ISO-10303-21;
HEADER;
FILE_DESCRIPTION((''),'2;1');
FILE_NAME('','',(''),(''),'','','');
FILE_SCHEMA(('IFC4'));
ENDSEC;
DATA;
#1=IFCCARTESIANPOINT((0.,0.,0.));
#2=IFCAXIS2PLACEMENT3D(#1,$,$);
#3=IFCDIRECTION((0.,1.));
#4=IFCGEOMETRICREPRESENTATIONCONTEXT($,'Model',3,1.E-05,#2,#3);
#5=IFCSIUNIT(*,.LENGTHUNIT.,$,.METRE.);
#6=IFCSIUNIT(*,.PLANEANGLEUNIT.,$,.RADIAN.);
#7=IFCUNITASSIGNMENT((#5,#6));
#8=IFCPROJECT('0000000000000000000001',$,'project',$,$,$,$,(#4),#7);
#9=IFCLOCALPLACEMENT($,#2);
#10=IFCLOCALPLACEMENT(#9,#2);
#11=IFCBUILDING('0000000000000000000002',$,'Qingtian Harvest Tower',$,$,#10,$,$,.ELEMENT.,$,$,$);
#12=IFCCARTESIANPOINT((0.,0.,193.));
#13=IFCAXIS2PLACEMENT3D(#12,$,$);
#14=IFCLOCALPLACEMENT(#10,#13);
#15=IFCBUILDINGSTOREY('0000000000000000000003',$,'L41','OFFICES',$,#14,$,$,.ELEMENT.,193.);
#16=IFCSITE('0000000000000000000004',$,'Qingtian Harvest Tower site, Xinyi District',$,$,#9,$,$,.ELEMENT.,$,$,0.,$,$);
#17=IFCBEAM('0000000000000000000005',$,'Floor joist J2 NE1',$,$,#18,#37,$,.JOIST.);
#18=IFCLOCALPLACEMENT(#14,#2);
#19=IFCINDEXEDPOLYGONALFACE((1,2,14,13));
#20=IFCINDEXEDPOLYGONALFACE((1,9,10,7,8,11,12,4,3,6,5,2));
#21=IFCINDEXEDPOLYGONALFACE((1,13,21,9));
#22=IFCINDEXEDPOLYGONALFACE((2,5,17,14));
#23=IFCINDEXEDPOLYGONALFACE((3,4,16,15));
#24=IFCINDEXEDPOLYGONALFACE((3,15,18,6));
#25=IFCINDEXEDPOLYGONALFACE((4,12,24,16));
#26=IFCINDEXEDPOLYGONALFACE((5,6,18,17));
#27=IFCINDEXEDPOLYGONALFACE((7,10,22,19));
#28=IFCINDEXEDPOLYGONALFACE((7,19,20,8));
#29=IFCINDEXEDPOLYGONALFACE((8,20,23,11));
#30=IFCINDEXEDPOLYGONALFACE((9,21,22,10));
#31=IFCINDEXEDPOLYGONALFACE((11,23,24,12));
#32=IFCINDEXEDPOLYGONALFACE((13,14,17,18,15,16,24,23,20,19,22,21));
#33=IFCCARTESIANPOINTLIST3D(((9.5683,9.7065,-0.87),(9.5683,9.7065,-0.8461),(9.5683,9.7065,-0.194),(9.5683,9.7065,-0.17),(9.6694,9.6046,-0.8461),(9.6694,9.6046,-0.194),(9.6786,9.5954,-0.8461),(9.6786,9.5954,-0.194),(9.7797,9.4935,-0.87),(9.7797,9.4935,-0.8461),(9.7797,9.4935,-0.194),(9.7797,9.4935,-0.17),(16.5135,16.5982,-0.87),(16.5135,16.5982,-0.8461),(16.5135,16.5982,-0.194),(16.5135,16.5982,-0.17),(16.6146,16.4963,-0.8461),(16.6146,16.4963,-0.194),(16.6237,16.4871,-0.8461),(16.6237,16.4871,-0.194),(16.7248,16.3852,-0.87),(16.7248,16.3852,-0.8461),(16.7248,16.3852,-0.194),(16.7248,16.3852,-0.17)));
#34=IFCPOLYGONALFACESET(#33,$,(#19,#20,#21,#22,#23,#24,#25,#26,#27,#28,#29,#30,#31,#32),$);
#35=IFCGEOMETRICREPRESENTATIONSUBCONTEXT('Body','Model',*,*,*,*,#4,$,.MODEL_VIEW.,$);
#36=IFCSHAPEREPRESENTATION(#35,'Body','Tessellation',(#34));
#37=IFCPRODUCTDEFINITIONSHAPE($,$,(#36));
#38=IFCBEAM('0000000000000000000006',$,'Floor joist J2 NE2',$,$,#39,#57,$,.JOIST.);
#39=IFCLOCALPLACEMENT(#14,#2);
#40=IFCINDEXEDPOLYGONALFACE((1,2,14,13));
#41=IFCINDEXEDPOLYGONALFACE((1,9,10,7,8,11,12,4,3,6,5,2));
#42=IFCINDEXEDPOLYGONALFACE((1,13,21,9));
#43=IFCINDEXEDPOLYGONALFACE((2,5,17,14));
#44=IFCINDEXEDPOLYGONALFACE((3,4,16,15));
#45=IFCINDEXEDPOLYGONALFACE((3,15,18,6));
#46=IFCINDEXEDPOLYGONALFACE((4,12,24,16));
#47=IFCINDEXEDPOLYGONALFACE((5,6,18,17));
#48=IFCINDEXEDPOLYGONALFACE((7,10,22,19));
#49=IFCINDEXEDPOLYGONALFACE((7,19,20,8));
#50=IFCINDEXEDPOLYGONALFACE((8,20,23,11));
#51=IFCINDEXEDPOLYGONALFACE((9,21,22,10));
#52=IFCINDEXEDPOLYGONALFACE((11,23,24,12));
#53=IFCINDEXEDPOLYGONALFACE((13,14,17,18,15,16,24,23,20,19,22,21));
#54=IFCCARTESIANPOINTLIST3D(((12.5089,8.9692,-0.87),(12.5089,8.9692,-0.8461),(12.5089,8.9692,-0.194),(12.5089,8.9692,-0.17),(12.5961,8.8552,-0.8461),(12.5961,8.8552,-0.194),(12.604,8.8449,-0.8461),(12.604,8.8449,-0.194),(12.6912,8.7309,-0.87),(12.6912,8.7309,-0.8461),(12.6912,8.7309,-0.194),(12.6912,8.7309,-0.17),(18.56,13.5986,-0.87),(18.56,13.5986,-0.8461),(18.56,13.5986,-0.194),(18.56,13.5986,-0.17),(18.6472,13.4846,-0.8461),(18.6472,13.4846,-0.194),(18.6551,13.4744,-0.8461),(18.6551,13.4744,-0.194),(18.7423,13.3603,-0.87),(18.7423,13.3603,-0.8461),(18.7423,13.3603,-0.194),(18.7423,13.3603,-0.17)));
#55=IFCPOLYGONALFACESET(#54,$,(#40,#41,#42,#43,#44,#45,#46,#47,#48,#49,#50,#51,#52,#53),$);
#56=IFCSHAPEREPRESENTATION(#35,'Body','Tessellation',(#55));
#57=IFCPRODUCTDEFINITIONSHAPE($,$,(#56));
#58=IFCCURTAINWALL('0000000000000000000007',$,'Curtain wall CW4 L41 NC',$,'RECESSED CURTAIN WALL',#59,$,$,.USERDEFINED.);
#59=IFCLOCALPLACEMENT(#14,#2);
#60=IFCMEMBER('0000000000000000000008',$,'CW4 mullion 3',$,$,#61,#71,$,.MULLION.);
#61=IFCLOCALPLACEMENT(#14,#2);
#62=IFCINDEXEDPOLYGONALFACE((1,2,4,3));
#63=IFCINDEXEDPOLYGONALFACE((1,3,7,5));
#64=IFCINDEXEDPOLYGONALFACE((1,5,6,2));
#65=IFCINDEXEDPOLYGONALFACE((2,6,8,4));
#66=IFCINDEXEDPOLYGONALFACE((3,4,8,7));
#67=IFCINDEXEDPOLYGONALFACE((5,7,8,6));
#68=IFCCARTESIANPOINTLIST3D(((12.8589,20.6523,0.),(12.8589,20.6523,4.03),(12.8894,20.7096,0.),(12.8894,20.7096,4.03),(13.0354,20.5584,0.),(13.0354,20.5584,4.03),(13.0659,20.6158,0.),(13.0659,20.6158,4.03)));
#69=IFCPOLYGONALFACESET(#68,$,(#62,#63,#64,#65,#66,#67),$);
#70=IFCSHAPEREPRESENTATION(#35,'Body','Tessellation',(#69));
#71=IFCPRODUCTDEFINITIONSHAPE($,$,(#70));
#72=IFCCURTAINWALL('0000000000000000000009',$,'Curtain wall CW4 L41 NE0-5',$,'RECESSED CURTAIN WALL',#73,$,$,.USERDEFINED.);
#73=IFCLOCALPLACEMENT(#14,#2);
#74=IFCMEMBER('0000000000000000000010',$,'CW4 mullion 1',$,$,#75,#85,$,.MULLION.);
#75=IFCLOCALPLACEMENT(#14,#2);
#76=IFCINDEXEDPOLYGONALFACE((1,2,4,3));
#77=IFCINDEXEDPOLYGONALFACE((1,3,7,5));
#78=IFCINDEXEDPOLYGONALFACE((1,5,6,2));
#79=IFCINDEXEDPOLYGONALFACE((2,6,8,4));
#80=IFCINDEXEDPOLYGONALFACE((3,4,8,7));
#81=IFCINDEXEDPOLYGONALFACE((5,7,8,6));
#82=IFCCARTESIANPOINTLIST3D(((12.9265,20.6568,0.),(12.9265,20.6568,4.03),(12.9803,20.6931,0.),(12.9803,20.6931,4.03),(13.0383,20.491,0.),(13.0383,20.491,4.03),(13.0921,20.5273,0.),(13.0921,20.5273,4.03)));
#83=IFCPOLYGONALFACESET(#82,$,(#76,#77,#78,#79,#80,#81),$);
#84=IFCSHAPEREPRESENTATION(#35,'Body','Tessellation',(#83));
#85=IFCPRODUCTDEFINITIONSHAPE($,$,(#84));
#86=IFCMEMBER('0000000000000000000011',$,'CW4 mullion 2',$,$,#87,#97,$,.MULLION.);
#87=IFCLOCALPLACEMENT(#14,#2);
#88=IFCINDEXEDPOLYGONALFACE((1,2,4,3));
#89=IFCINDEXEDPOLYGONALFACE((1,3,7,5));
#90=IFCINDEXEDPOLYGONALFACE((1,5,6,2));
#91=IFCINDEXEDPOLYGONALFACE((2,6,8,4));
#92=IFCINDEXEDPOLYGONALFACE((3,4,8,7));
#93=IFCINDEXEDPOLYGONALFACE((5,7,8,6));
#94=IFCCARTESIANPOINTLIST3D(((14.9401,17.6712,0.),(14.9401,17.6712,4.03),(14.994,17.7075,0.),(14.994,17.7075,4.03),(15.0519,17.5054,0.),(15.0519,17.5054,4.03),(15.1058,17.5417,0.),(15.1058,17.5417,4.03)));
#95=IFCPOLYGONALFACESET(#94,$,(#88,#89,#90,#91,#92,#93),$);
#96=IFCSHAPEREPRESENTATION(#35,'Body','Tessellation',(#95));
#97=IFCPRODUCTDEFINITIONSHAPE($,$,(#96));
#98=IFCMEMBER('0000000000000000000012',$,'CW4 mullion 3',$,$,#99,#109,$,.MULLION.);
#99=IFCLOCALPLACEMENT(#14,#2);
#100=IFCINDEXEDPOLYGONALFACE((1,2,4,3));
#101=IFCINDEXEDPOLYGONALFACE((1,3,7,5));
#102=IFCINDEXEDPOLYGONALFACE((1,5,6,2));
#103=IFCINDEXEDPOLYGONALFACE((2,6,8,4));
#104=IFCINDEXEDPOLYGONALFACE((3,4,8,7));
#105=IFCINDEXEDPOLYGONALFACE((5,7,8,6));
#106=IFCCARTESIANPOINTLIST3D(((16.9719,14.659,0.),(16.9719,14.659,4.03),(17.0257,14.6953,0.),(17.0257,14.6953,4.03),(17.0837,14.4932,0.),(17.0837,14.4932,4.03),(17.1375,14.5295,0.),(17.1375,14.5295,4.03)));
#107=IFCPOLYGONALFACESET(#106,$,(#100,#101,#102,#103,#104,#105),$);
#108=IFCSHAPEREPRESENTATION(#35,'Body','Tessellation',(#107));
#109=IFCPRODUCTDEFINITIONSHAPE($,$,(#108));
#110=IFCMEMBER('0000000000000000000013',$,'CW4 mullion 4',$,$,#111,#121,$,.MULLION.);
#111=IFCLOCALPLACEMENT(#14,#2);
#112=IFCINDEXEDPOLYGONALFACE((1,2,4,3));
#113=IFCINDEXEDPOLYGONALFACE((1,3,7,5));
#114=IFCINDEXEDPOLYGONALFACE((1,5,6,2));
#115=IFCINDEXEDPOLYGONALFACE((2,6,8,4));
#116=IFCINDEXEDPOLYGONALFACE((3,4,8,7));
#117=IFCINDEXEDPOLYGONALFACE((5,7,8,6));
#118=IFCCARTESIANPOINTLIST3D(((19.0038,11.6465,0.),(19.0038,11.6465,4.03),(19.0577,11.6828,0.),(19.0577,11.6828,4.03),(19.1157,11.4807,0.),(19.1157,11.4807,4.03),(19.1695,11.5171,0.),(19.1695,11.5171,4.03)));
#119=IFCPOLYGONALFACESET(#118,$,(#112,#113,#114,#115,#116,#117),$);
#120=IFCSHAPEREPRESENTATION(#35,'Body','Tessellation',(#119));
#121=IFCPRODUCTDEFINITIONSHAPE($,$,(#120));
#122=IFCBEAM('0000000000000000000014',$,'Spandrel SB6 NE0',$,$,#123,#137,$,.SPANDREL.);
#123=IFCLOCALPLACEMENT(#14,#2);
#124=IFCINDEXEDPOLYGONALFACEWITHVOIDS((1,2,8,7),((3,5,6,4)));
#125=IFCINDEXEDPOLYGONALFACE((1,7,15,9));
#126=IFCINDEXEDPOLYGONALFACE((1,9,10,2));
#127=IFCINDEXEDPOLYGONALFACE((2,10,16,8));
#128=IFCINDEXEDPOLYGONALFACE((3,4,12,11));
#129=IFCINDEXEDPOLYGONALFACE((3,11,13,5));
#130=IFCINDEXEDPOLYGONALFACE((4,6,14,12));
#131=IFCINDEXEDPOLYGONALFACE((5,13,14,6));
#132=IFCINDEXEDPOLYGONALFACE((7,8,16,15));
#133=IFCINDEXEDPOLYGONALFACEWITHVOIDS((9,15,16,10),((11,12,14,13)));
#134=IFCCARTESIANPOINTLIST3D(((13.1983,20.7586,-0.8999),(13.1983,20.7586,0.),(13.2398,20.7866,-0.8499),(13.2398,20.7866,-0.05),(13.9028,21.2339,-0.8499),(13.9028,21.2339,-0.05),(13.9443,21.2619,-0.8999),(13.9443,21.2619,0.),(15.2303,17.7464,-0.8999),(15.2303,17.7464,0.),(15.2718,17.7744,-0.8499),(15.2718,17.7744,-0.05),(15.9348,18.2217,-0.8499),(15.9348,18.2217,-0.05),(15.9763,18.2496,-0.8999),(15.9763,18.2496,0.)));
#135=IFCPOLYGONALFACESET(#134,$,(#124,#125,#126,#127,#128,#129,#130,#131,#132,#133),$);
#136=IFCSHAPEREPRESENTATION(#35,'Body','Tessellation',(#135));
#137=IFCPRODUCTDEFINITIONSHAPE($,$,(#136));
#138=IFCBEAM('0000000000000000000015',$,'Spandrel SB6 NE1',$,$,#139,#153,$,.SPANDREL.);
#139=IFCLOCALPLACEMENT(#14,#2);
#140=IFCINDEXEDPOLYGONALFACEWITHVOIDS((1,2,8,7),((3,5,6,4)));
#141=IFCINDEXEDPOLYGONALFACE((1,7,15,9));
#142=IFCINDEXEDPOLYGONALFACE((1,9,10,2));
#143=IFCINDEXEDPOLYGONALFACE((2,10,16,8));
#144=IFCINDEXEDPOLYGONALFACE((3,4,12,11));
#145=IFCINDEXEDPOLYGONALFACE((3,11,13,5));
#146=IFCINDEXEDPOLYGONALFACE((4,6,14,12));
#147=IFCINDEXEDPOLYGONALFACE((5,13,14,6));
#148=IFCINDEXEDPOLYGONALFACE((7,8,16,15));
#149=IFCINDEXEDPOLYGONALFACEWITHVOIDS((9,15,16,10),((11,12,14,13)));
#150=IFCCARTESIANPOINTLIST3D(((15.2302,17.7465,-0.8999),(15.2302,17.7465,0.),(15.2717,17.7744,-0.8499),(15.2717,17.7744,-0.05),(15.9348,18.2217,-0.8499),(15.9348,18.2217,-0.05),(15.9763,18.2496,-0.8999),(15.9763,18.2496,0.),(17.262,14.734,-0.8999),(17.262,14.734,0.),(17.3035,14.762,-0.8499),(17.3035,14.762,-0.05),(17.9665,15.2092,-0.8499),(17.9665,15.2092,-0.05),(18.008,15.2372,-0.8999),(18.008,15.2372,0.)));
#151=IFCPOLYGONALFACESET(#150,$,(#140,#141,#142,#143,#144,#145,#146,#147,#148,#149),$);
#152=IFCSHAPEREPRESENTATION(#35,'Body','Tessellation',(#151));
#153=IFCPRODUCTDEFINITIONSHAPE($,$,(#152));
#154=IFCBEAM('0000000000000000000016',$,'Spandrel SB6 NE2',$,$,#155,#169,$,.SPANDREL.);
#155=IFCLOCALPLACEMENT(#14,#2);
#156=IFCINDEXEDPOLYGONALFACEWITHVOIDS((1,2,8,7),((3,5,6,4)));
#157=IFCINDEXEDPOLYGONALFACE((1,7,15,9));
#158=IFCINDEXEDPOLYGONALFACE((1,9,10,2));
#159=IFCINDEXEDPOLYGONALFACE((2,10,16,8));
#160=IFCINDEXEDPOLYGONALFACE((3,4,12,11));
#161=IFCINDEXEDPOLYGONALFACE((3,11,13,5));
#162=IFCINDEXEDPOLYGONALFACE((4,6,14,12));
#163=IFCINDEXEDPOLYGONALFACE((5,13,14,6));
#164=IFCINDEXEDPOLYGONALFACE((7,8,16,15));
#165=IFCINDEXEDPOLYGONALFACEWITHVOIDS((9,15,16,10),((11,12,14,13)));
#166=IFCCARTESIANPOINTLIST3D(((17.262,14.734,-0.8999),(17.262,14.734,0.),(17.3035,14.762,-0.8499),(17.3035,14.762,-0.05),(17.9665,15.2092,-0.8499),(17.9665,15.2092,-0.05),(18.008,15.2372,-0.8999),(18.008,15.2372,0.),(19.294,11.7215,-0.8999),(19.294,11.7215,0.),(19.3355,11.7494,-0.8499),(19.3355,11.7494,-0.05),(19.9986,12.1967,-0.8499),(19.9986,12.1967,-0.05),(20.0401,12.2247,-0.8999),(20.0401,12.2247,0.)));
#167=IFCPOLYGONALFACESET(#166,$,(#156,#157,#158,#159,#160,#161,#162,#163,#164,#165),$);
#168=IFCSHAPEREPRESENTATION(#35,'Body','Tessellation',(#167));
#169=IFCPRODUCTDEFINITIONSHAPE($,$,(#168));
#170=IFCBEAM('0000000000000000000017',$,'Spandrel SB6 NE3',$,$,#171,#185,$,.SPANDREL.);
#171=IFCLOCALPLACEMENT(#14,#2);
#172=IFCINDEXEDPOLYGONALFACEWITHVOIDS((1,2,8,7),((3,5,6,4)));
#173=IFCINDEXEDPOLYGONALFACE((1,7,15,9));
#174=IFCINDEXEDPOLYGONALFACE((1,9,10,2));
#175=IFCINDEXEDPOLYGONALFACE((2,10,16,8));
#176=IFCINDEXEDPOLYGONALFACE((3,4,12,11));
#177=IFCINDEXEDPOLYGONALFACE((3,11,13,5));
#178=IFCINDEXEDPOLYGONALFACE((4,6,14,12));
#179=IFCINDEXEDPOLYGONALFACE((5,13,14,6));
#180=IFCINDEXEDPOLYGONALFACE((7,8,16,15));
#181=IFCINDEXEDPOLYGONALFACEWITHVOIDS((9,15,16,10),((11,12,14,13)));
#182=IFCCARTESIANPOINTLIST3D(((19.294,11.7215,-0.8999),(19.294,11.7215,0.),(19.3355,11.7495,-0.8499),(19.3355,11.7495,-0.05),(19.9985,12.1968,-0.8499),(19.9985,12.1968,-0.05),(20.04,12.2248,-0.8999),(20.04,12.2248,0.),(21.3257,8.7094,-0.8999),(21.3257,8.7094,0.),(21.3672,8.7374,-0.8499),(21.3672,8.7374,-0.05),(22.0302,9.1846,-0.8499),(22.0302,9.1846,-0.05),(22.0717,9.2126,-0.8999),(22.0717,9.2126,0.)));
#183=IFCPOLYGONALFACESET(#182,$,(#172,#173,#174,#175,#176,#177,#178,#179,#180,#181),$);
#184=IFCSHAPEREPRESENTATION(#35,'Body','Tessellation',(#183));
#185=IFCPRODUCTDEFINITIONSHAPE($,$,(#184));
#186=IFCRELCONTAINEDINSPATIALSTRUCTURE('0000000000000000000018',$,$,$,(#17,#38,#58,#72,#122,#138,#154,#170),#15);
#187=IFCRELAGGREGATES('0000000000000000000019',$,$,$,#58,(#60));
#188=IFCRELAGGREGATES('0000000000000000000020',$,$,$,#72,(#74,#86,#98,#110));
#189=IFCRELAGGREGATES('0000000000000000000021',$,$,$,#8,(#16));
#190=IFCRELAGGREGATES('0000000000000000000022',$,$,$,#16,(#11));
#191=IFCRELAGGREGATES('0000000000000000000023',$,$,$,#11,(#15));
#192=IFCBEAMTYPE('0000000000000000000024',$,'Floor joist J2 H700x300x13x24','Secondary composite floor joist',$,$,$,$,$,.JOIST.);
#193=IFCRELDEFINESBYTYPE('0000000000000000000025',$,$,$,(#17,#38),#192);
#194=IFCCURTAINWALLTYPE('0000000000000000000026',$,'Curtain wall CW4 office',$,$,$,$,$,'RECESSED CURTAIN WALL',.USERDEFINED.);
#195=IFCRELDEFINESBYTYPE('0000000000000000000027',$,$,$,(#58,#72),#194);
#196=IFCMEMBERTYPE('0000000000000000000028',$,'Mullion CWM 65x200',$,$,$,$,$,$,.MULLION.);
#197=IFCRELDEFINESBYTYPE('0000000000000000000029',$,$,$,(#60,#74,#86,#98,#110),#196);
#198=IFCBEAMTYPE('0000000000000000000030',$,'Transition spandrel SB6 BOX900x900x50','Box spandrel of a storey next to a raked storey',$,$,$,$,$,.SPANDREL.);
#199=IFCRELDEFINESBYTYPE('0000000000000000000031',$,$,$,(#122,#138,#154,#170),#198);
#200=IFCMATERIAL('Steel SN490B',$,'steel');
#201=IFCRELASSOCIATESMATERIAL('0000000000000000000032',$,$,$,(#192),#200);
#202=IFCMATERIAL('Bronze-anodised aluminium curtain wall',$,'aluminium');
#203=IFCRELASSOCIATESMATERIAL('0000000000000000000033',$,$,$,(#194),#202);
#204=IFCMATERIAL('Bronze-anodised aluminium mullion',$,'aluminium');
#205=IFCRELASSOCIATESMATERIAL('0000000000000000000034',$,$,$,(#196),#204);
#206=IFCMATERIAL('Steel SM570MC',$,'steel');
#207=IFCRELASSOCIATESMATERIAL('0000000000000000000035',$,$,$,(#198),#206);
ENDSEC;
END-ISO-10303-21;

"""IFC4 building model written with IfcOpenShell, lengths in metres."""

from ifc_helpers import new_model, si_unit, direction, frame, origin, origin_2d, place, context, subcontext, project, spatial, rectangle, hollow_rectangle, i_section, extrude, material, material_profile, profile_set, type_object, element, aggregate, save


model = new_model("IFC4")

# Units and contexts
model_context = context("Model", 3, precision=1e-05, world=origin(), true_north=direction((0.0, 1.0)))
body_context = subcontext(model_context, "Body", "Model", "MODEL_VIEW")
ifc_project = project(units=[si_unit("LENGTHUNIT", "METRE"), si_unit("PLANEANGLEUNIT", "RADIAN")], contexts=[model_context])

# Site, building, storey
site_placement = place(None, origin())
site = spatial("IfcSite", under=ifc_project, at=site_placement, Name="Qingtian Harvest Tower site, Xinyi District", CompositionType="ELEMENT", RefElevation=0.0)
building_placement = place(site_placement, origin())
building = spatial("IfcBuilding", under=site, at=building_placement, Name="Qingtian Harvest Tower", CompositionType="ELEMENT")
storey_placement = place(building_placement, frame((0.0, 0.0, 193.0)))
storey = spatial("IfcBuildingStorey", under=building, at=storey_placement, Name="L41", Description="OFFICES", CompositionType="ELEMENT", Elevation=193.0)

# Beams
ifc_material_1 = material(Name="Steel SN490B", Category="steel")
ifc_material_profile_1 = material_profile(ifc_material_1, i_section(OverallWidth=0.3, OverallDepth=0.7, WebThickness=0.0129, FlangeThickness=0.0239, at=origin_2d()), Name="H700x300x13x24")
ifc_profile_set_1 = profile_set([ifc_material_profile_1], Name="Steel SN490B")
beam_type_1 = type_object("IfcBeamType", Name="Floor joist J2 H700x300x13x24", Description="Secondary composite floor joist", PredefinedType="JOIST", material=ifc_profile_set_1)
beam_1_placement = place(storey_placement, frame((16.6191, 16.4917, -0.52), z_axis=(-0.709834, -0.704369, 0.0), x_axis=(0.704369, -0.709834, 0.0)))
element("IfcBeam", 1, at=beam_1_placement, inside=storey, type_object=beam_type_1, Name="Floor joist J2 NE1", PredefinedType="JOIST", context=body_context, shape_type="SweptSolid", body=[
    extrude(i_section(OverallWidth=0.3, OverallDepth=0.7, WebThickness=0.0129, FlangeThickness=0.0239, at=origin_2d()), origin(), (0.0, 0.0, 1.0), 9.7842),
])
beam_2_placement = place(storey_placement, frame((18.6511, 13.4795, -0.52), z_axis=(-0.794222, -0.607627, 0.0), x_axis=(0.607627, -0.794222, 0.0)))
element("IfcBeam", 2, at=beam_2_placement, inside=storey, type_object=beam_type_1, Name="Floor joist J2 NE2", PredefinedType="JOIST", context=body_context, shape_type="SweptSolid", body=[
    extrude(i_section(OverallWidth=0.3, OverallDepth=0.7, WebThickness=0.0129, FlangeThickness=0.0239, at=origin_2d()), origin(), (0.0, 0.0, 1.0), 7.6189),
])

# Curtain wall, member
ifc_material_2 = material(Name="Bronze-anodised aluminium curtain wall", Category="aluminium")
curtain_wall_type = type_object("IfcCurtainWallType", Name="Curtain wall CW4 office", ElementType="RECESSED CURTAIN WALL", PredefinedType="USERDEFINED", material=ifc_material_2)
curtain_wall_1_placement = place(storey_placement, origin())
curtain_wall_1 = element("IfcCurtainWall", 3, at=curtain_wall_1_placement, inside=storey, type_object=curtain_wall_type, Name="Curtain wall CW4 L41 NC", ObjectType="RECESSED CURTAIN WALL", PredefinedType="USERDEFINED")
ifc_material_3 = material(Name="Bronze-anodised aluminium mullion", Category="aluminium")
ifc_material_profile_2 = material_profile(ifc_material_3, rectangle(XDim=0.0649, YDim=0.2, at=origin_2d()), Name="AL 65x200")
ifc_profile_set_2 = profile_set([ifc_material_profile_2], Name="Bronze-anodised aluminium mullion")
member_type_1 = type_object("IfcMemberType", Name="Mullion CWM 65x200", PredefinedType="MULLION", material=ifc_profile_set_2)
member_1_placement = place(storey_placement, frame((12.9624, 20.634, 0.0), z_axis=(0.0, 0.0, 1.0), x_axis=(0.469472, 0.882948, 0.0)))
member_1 = element("IfcMember", 4, at=member_1_placement, type_object=member_type_1, Name="CW4 mullion 3", PredefinedType="MULLION", context=body_context, shape_type="SweptSolid", body=[
    extrude(rectangle(XDim=0.0649, YDim=0.2, at=origin_2d()), origin(), (0.0, 0.0, 1.0), 4.03),
])

# Curtain wall, members
curtain_wall_2_placement = place(storey_placement, origin())
curtain_wall_2 = element("IfcCurtainWall", 5, at=curtain_wall_2_placement, inside=storey, type_object=curtain_wall_type, Name="Curtain wall CW4 L41 NE0-5", ObjectType="RECESSED CURTAIN WALL", PredefinedType="USERDEFINED")
member_2_placement = place(storey_placement, frame((13.0093, 20.592, 0.0), z_axis=(0.0, 0.0, 1.0), x_axis=(0.829038, 0.559193, 0.0)))
member_2 = element("IfcMember", 6, at=member_2_placement, type_object=member_type_1, Name="CW4 mullion 1", PredefinedType="MULLION", context=body_context, shape_type="SweptSolid", body=[
    extrude(rectangle(XDim=0.0649, YDim=0.2, at=origin_2d()), origin(), (0.0, 0.0, 1.0), 4.03),
])
member_3_placement = place(storey_placement, frame((15.0229, 17.6064, 0.0), z_axis=(0.0, 0.0, 1.0), x_axis=(0.829038, 0.559193, 0.0)))
member_3 = element("IfcMember", 7, at=member_3_placement, type_object=member_type_1, Name="CW4 mullion 2", PredefinedType="MULLION", context=body_context, shape_type="SweptSolid", body=[
    extrude(rectangle(XDim=0.0649, YDim=0.2, at=origin_2d()), origin(), (0.0, 0.0, 1.0), 4.03),
])
member_4_placement = place(storey_placement, frame((17.0547, 14.5942, 0.0), z_axis=(0.0, 0.0, 1.0), x_axis=(0.829038, 0.559193, 0.0)))
member_4 = element("IfcMember", 8, at=member_4_placement, type_object=member_type_1, Name="CW4 mullion 3", PredefinedType="MULLION", context=body_context, shape_type="SweptSolid", body=[
    extrude(rectangle(XDim=0.0649, YDim=0.2, at=origin_2d()), origin(), (0.0, 0.0, 1.0), 4.03),
])
member_5_placement = place(storey_placement, frame((19.0867, 11.5818, 0.0), z_axis=(0.0, 0.0, 1.0), x_axis=(0.829038, 0.559193, 0.0)))
member_5 = element("IfcMember", 9, at=member_5_placement, type_object=member_type_1, Name="CW4 mullion 4", PredefinedType="MULLION", context=body_context, shape_type="SweptSolid", body=[
    extrude(rectangle(XDim=0.0649, YDim=0.2, at=origin_2d()), origin(), (0.0, 0.0, 1.0), 4.03),
])

# Beams
ifc_material_4 = material(Name="Steel SM570MC", Category="steel")
ifc_material_profile_3 = material_profile(ifc_material_4, hollow_rectangle(XDim=0.8999, YDim=0.8999, WallThickness=0.05, at=origin_2d()), Name="BOX900x900x50")
ifc_profile_set_3 = profile_set([ifc_material_profile_3], Name="Steel SM570MC")
beam_type_2 = type_object("IfcBeamType", Name="Transition spandrel SB6 BOX900x900x50", Description="Box spandrel of a storey next to a raked storey", PredefinedType="SPANDREL", material=ifc_profile_set_3)
for number, where, z_axis, x_axis, name in (
    (10, (13.5713, 21.0103, -0.45), (0.559235, -0.829009, 0.0), (0.829009, 0.559235, 0.0), "Spandrel SB6 NE0"),
    (11, (15.6033, 17.998, -0.45), (0.559158, -0.829061, 0.0), (0.829061, 0.559158, 0.0), "Spandrel SB6 NE1"),
):
    element("IfcBeam", number, at=place(storey_placement, frame(where, z_axis=z_axis, x_axis=x_axis)), inside=storey, type_object=beam_type_2, Name=name, PredefinedType="SPANDREL", context=body_context, shape_type="SweptSolid", body=[
        extrude(hollow_rectangle(XDim=0.8999, YDim=0.8999, WallThickness=0.05, at=origin_2d()), origin(), (0.0, 0.0, 1.0), 3.6335),
    ])
beam_3_placement = place(storey_placement, frame((17.635, 14.9856, -0.45), z_axis=(0.559204, -0.82903, 0.0), x_axis=(0.82903, 0.559204, 0.0)))
element("IfcBeam", 12, at=beam_3_placement, inside=storey, type_object=beam_type_2, Name="Spandrel SB6 NE2", PredefinedType="SPANDREL", context=body_context, shape_type="SweptSolid", body=[
    extrude(hollow_rectangle(XDim=0.8999, YDim=0.8999, WallThickness=0.05, at=origin_2d()), origin(), (0.0, 0.0, 1.0), 3.6338),
])
beam_4_placement = place(storey_placement, frame((19.667, 11.9731, -0.45), z_axis=(0.559189, -0.82904, 0.0), x_axis=(0.82904, 0.559189, 0.0)))
element("IfcBeam", 13, at=beam_4_placement, inside=storey, type_object=beam_type_2, Name="Spandrel SB6 NE3", PredefinedType="SPANDREL", context=body_context, shape_type="SweptSolid", body=[
    extrude(hollow_rectangle(XDim=0.8999, YDim=0.8999, WallThickness=0.05, at=origin_2d()), origin(), (0.0, 0.0, 1.0), 3.6333),
])

aggregate(curtain_wall_1, [member_1])
aggregate(curtain_wall_2, [member_2, member_3, member_4, member_5])

save(model, "model.ifc")
